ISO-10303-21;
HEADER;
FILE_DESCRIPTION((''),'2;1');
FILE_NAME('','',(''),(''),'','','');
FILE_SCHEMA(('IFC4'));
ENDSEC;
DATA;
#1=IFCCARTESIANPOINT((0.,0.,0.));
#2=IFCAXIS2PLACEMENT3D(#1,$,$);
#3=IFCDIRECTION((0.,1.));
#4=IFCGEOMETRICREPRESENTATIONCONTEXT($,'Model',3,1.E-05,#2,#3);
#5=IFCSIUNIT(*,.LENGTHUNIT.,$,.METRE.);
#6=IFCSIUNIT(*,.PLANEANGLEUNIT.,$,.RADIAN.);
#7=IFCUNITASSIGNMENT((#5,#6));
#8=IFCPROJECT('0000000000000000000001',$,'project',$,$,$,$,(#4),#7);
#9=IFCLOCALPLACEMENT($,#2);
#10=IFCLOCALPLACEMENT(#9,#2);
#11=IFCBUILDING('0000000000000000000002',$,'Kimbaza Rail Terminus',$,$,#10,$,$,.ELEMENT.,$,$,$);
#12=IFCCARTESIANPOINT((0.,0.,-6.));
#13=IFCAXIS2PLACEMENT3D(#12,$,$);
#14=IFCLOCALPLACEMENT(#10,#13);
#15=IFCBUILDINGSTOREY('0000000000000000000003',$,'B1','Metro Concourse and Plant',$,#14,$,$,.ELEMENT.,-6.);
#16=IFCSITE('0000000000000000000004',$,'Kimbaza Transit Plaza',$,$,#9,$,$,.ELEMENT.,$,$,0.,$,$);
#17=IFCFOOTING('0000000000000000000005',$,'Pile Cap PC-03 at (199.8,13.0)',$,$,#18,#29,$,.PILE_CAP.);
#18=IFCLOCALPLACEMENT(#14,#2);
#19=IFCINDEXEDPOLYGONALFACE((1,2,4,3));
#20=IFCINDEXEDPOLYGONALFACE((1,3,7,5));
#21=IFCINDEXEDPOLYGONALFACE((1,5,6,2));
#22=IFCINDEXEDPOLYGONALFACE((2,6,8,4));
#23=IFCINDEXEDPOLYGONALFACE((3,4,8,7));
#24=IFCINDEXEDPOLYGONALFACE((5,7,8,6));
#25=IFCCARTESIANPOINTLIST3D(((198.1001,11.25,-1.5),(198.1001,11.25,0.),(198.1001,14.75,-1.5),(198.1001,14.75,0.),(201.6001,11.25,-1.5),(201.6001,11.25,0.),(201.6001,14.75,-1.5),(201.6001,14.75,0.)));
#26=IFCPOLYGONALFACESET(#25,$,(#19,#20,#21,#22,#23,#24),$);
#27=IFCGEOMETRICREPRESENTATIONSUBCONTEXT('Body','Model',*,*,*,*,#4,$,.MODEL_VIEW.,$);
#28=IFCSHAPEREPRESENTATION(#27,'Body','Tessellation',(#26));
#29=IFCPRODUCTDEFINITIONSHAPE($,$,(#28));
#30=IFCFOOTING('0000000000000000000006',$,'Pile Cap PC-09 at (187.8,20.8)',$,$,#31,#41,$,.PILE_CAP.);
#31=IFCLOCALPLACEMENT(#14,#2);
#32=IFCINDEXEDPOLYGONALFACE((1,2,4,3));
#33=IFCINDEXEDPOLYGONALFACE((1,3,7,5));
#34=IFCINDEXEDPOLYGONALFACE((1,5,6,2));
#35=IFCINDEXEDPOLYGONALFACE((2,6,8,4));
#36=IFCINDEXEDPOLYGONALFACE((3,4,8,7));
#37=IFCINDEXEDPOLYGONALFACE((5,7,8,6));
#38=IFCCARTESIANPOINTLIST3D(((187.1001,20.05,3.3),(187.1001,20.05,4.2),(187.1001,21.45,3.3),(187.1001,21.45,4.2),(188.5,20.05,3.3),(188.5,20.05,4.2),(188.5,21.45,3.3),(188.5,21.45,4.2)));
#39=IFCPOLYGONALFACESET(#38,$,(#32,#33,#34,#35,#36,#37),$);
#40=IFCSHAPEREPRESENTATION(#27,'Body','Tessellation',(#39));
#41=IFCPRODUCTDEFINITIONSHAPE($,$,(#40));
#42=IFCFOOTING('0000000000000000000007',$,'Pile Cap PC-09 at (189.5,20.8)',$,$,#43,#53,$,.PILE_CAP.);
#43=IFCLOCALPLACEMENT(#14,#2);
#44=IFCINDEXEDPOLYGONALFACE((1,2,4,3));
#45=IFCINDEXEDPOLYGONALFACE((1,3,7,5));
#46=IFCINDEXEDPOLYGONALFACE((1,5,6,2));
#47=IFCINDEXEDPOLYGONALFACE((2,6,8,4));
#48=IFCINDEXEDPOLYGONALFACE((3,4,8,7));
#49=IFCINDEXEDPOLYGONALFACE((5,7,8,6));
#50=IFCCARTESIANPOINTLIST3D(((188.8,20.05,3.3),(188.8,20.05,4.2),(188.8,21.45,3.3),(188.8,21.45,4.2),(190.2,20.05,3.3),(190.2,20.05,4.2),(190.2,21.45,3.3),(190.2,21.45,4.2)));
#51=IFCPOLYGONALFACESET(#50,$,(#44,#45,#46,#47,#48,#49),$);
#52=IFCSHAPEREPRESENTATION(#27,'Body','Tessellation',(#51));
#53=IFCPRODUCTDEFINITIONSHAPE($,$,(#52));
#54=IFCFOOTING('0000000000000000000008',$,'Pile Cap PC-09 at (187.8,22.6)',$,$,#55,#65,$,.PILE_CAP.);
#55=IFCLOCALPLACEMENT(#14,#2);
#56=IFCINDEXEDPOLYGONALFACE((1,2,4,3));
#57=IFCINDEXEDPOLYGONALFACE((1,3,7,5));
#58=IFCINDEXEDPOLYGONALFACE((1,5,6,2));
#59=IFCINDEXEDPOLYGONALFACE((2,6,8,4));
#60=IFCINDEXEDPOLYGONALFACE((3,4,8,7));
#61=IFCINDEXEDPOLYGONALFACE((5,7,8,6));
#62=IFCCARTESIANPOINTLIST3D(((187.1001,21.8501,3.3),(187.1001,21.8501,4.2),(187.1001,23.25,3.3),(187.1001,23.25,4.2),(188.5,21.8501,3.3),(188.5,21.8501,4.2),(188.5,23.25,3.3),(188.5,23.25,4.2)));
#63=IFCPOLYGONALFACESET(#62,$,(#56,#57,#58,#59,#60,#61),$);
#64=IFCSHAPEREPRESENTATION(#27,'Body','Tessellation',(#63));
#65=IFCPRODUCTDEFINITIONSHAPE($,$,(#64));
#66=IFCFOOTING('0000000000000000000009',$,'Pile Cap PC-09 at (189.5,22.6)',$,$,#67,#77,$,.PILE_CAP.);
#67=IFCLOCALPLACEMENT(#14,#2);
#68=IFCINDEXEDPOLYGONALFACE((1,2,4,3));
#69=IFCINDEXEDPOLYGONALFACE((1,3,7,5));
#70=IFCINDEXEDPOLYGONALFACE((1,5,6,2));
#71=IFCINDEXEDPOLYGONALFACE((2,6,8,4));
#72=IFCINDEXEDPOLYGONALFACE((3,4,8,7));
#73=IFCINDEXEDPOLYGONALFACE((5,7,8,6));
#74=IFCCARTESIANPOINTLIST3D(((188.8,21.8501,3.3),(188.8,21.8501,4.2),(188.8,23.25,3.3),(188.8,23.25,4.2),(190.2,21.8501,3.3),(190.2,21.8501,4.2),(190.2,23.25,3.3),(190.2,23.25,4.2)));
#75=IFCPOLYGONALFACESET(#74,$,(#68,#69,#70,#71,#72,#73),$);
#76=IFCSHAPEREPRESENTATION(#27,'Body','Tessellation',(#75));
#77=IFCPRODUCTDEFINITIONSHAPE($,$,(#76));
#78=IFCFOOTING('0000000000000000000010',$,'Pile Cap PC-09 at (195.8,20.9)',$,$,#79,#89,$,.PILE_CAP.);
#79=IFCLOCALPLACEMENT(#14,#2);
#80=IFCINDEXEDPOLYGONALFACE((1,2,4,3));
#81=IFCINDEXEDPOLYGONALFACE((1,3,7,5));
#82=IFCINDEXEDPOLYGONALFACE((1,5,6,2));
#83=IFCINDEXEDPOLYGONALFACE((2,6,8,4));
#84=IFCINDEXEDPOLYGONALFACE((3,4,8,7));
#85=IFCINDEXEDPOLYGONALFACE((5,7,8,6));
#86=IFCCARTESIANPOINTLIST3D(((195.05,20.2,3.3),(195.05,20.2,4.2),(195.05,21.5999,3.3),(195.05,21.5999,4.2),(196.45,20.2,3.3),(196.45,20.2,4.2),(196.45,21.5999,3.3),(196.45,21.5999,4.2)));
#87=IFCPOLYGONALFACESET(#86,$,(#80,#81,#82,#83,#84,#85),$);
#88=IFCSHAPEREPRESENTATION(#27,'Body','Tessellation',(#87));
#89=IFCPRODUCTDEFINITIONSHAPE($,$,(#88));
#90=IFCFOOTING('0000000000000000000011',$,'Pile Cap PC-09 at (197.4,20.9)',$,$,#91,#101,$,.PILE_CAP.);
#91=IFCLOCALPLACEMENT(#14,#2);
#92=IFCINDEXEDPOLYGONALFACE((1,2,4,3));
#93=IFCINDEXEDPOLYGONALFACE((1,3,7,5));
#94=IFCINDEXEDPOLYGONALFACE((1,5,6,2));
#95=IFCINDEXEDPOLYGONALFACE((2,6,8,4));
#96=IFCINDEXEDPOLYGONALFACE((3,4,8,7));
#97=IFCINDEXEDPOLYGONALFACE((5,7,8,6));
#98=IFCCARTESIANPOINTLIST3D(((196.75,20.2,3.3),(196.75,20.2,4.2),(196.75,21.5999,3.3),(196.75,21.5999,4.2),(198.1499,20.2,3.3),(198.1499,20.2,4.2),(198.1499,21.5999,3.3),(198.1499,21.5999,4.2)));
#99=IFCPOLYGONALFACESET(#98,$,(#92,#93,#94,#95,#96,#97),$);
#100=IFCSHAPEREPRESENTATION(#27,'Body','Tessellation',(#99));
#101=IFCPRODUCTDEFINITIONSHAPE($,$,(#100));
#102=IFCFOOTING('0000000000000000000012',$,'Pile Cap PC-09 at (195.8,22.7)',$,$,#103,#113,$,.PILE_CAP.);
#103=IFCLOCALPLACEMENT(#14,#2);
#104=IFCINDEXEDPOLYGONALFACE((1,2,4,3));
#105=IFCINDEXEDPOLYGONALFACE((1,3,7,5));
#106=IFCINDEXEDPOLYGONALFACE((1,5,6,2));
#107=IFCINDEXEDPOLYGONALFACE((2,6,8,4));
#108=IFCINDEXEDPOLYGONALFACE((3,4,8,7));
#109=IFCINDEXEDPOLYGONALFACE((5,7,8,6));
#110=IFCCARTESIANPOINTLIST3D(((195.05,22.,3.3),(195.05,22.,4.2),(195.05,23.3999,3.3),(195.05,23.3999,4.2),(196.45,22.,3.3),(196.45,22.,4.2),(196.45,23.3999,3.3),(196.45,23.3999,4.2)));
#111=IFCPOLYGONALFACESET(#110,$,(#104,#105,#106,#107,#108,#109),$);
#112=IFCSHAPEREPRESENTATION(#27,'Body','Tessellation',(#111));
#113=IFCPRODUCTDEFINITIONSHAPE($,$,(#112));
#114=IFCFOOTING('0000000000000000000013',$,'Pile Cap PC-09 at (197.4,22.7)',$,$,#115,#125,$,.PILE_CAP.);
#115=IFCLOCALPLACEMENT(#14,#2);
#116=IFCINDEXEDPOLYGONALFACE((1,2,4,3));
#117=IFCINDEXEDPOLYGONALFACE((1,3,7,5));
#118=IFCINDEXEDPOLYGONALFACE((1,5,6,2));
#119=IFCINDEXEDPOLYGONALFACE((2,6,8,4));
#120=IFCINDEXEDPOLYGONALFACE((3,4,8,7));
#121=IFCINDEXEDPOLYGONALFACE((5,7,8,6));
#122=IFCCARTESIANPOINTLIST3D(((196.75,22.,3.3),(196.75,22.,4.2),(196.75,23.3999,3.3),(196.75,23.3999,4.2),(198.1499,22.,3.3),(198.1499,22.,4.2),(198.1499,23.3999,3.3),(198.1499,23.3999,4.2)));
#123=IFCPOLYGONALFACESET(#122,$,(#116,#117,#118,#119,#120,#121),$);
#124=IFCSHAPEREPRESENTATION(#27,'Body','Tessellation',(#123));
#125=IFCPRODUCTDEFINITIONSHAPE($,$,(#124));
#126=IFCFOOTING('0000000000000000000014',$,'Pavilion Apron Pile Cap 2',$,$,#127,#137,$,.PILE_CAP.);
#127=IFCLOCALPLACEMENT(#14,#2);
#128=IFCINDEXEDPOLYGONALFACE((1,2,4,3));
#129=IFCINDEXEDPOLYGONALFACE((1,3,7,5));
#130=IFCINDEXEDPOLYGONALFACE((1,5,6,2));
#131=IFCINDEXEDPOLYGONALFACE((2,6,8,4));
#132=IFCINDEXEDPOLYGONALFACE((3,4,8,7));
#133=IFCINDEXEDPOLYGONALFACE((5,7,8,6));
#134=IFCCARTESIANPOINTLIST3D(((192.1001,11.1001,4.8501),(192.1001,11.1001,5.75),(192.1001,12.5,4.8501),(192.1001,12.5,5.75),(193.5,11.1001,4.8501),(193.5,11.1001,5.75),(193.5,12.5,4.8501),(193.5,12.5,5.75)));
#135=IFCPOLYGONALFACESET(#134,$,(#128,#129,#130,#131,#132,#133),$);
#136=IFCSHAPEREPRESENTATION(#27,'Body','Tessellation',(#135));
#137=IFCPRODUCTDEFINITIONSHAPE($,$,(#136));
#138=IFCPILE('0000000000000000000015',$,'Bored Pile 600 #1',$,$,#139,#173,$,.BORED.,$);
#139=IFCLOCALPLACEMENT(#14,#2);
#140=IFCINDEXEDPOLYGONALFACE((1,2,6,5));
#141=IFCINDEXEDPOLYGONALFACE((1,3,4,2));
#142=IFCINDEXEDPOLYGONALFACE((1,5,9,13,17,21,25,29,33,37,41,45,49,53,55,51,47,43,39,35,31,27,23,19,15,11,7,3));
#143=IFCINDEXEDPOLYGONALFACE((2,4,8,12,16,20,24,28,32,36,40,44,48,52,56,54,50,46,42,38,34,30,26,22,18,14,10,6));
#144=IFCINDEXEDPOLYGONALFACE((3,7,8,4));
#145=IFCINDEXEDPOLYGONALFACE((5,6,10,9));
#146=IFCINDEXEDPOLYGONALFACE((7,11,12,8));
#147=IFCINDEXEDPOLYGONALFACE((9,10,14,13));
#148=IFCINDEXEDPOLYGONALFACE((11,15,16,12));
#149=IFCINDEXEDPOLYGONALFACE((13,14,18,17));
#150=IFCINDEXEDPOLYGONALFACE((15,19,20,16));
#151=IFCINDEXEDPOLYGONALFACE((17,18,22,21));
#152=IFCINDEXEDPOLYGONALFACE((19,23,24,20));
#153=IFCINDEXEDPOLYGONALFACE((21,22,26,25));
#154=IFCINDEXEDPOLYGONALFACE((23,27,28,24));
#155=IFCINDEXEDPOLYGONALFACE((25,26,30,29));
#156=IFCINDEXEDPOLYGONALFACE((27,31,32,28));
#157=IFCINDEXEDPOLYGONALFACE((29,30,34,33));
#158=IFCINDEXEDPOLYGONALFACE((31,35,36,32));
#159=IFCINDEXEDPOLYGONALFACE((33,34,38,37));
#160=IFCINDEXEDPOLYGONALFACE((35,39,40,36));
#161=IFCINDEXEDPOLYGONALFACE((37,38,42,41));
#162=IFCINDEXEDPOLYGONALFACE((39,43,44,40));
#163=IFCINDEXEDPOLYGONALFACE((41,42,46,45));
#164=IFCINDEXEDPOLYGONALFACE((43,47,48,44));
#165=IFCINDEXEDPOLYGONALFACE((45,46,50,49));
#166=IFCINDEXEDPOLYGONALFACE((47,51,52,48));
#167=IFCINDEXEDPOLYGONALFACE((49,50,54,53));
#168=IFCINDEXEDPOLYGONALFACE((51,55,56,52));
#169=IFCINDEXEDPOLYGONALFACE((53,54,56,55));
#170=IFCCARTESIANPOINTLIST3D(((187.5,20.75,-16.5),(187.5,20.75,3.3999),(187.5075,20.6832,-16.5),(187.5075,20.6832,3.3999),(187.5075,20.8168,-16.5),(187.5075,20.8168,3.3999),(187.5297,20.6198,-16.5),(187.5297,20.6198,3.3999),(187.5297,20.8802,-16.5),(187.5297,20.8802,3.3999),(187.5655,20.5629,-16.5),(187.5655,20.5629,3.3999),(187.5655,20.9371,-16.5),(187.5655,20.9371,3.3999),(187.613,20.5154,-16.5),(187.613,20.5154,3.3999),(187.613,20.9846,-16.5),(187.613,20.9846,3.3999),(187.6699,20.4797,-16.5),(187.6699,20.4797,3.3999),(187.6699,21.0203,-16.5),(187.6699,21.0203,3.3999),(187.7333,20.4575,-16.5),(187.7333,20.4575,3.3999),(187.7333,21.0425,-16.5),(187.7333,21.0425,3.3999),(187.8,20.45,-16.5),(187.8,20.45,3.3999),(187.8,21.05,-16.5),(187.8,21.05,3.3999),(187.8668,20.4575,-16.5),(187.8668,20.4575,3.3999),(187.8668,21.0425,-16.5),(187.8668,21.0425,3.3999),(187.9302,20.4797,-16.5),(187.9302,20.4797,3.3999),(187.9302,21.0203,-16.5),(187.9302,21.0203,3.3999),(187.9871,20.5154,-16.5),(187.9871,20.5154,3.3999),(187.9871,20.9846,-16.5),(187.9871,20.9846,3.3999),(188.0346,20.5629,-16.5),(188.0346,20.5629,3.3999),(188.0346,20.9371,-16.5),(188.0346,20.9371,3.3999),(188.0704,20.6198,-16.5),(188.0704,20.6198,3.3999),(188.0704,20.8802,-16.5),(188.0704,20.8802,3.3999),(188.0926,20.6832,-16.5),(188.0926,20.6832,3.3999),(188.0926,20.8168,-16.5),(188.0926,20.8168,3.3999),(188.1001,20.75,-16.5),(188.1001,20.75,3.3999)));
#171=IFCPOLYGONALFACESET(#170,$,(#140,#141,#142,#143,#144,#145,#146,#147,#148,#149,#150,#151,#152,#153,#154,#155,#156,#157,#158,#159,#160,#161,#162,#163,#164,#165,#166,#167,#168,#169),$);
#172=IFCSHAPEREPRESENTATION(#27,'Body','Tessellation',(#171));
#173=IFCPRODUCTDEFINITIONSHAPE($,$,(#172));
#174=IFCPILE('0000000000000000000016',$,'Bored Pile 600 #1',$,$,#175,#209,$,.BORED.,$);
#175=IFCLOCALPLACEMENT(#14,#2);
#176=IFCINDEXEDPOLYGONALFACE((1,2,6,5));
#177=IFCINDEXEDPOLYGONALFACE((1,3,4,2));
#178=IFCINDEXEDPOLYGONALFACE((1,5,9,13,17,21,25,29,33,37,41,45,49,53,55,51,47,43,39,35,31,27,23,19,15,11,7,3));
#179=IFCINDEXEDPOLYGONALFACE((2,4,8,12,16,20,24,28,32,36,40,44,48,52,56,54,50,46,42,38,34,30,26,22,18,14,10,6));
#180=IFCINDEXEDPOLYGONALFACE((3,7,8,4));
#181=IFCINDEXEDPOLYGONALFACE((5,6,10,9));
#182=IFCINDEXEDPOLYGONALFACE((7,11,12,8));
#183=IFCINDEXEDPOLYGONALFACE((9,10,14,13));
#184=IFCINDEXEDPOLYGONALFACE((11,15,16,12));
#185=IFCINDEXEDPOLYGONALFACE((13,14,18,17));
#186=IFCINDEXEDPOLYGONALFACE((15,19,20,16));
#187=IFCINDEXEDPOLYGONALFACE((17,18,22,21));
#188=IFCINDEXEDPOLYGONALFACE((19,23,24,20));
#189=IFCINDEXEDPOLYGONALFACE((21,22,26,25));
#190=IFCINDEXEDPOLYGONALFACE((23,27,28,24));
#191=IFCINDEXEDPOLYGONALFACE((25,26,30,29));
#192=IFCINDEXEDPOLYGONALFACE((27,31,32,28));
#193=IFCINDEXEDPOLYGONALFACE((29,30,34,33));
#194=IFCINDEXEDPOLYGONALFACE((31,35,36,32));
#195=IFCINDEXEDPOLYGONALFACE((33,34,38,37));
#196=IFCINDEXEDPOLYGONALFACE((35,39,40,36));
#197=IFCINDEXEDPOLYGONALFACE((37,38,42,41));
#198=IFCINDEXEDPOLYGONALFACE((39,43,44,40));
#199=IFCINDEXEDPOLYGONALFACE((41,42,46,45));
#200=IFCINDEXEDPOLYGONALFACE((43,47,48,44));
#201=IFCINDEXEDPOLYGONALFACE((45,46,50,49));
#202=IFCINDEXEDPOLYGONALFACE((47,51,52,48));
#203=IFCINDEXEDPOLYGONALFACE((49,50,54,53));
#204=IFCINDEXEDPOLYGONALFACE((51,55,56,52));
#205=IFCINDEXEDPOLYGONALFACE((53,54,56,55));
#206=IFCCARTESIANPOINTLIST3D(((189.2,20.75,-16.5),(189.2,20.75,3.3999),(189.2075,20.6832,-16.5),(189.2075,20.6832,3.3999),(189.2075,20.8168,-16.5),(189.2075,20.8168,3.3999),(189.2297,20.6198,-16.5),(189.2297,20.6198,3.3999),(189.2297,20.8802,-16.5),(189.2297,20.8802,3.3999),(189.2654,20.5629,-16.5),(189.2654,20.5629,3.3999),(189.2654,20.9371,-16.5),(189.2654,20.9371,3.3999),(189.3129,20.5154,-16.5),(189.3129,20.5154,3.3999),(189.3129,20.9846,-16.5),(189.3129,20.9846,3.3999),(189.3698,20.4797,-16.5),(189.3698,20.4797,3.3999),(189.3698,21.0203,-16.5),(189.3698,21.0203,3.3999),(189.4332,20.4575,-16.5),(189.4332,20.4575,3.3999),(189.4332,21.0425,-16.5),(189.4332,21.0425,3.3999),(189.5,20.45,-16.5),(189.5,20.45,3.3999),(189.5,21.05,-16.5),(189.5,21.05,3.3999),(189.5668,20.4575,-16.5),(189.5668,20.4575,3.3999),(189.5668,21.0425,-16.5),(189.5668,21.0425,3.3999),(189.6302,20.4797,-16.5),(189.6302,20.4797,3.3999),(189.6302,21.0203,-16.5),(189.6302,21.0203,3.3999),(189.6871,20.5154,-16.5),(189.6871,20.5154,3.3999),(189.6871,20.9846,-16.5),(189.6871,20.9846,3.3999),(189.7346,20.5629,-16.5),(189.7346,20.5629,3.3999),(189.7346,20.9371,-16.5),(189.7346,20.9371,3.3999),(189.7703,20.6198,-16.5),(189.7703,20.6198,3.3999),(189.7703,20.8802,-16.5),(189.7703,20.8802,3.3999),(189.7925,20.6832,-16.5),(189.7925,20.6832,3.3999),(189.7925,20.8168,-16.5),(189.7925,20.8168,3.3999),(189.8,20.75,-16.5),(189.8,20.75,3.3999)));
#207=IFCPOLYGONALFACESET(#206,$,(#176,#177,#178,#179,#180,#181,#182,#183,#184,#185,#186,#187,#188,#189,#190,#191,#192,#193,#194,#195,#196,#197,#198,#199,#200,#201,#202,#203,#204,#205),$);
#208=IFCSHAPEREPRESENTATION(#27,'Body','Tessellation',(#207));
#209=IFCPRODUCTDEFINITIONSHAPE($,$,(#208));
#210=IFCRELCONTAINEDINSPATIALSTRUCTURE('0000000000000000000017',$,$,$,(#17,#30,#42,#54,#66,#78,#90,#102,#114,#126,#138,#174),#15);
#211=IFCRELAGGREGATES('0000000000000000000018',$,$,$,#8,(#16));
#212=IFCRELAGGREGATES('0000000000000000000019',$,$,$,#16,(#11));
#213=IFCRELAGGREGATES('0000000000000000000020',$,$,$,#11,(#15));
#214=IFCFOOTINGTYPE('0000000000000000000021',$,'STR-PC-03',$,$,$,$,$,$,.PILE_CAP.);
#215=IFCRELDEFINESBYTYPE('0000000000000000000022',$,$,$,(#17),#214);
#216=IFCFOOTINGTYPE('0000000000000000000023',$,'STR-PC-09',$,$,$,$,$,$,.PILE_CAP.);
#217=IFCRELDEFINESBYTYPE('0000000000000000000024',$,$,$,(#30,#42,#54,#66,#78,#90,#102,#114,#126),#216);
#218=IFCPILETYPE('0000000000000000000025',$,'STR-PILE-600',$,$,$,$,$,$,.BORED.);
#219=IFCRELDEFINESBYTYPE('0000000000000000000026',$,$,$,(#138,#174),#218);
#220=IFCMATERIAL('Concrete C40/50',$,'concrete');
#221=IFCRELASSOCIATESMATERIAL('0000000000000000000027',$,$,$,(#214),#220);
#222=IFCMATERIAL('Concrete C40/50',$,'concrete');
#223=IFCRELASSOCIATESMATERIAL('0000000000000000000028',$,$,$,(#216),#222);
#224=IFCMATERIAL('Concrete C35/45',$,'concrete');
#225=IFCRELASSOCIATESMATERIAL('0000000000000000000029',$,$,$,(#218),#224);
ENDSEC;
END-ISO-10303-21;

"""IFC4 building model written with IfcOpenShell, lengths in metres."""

from ifc_helpers import new_model, si_unit, direction, frame, origin, origin_2d, place, context, subcontext, project, spatial, rectangle, circle, extrude, material, material_profile, profile_set, type_object, element, save


model = new_model("IFC4")

# Units and contexts
model_context = context("Model", 3, precision=1e-05, world=origin(), true_north=direction((0.0, 1.0)))
body_context = subcontext(model_context, "Body", "Model", "MODEL_VIEW")
ifc_project = project(units=[si_unit("LENGTHUNIT", "METRE"), si_unit("PLANEANGLEUNIT", "RADIAN")], contexts=[model_context])

# Site, building, storey
site_placement = place(None, origin())
site = spatial("IfcSite", under=ifc_project, at=site_placement, Name="Kimbaza Transit Plaza", CompositionType="ELEMENT", RefElevation=0.0)
building_placement = place(site_placement, origin())
building = spatial("IfcBuilding", under=site, at=building_placement, Name="Kimbaza Rail Terminus", CompositionType="ELEMENT")
storey_placement = place(building_placement, frame((0.0, 0.0, -6.0)))
storey = spatial("IfcBuildingStorey", under=building, at=storey_placement, Name="B1", Description="Metro Concourse and Plant", CompositionType="ELEMENT", Elevation=-6.0)

# Footings
ifc_material_1 = material(Name="Concrete C40/50", Category="concrete")
footing_type_1 = type_object("IfcFootingType", Name="STR-PC-03", PredefinedType="PILE_CAP", material=ifc_material_1)
footing_placement = place(storey_placement, frame((199.8501, 13.0, -1.5), z_axis=(0.0, 0.0, 1.0), x_axis=(1.0, 0.0, 0.0)))
element("IfcFooting", 1, at=footing_placement, inside=storey, type_object=footing_type_1, Name="Pile Cap PC-03 at (199.8,13.0)", PredefinedType="PILE_CAP", context=body_context, shape_type="SweptSolid", body=[
    extrude(rectangle(XDim=3.5, YDim=3.5, at=origin_2d()), origin(), (0.0, 0.0, 1.0), 1.5),
])
ifc_material_2 = material(Name="Concrete C40/50", Category="concrete")
footing_type_2 = type_object("IfcFootingType", Name="STR-PC-09", PredefinedType="PILE_CAP", material=ifc_material_2)
for number, where, z_axis, x_axis, name in (
    (2, (187.8, 20.75, 3.3), (0.0, 0.0, 1.0), (1.0, 0.0, 0.0), "Pile Cap PC-09 at (187.8,20.8)"),
    (3, (189.5, 20.75, 3.3), (0.0, 0.0, 1.0), (1.0, 0.0, 0.0), "Pile Cap PC-09 at (189.5,20.8)"),
    (4, (187.8, 22.55, 3.3), (0.0, 0.0, 1.0), (1.0, 0.0, 0.0), "Pile Cap PC-09 at (187.8,22.6)"),
    (5, (189.5, 22.55, 3.3), (0.0, 0.0, 1.0), (1.0, 0.0, 0.0), "Pile Cap PC-09 at (189.5,22.6)"),
    (6, (195.75, 20.8999, 3.3), (0.0, 0.0, 1.0), (1.0, 0.0, 0.0), "Pile Cap PC-09 at (195.8,20.9)"),
    (7, (197.45, 20.8999, 3.3), (0.0, 0.0, 1.0), (1.0, 0.0, 0.0), "Pile Cap PC-09 at (197.4,20.9)"),
    (8, (195.75, 22.7, 3.3), (0.0, 0.0, 1.0), (1.0, 0.0, 0.0), "Pile Cap PC-09 at (195.8,22.7)"),
    (9, (197.45, 22.7, 3.3), (0.0, 0.0, 1.0), (1.0, 0.0, 0.0), "Pile Cap PC-09 at (197.4,22.7)"),
    (10, (192.8, 11.8, 4.8501), (0.0, 0.0, 1.0), (1.0, 0.0, 0.0), "Pavilion Apron Pile Cap 2"),
):
    element("IfcFooting", number, at=place(storey_placement, frame(where, z_axis=z_axis, x_axis=x_axis)), inside=storey, type_object=footing_type_2, Name=name, PredefinedType="PILE_CAP", context=body_context, shape_type="SweptSolid", body=[
        extrude(rectangle(XDim=1.3999, YDim=1.3999, at=origin_2d()), origin(), (0.0, 0.0, 1.0), 0.8999),
    ])

# Piles
ifc_material_3 = material(Name="Concrete C35/45", Category="concrete")
ifc_material_profile_1 = material_profile(ifc_material_3, circle(Radius=0.3, at=origin_2d()), Name="BORED PILE 600")
ifc_profile_set_1 = profile_set([ifc_material_profile_1], Name="Concrete C35/45")
pile_type_1 = type_object("IfcPileType", Name="STR-PILE-600", PredefinedType="BORED", material=ifc_profile_set_1)
for number, where, z_axis, x_axis, name in (
    (11, (187.8, 20.75, 3.3999), (0.0, 0.0, -1.0), (1.0, 0.0, 0.0), "Bored Pile 600 #1"),
    (12, (189.5, 20.75, 3.3999), (0.0, 0.0, -1.0), (1.0, 0.0, 0.0), "Bored Pile 600 #1"),
):
    element("IfcPile", number, at=place(storey_placement, frame(where, z_axis=z_axis, x_axis=x_axis)), inside=storey, type_object=pile_type_1, Name=name, PredefinedType="BORED", context=body_context, shape_type="SweptSolid", body=[
        extrude(circle(Radius=0.3, at=origin_2d()), origin(), (0.0, 0.0, 1.0), 19.8999),
    ])

save(model, "model.ifc")
